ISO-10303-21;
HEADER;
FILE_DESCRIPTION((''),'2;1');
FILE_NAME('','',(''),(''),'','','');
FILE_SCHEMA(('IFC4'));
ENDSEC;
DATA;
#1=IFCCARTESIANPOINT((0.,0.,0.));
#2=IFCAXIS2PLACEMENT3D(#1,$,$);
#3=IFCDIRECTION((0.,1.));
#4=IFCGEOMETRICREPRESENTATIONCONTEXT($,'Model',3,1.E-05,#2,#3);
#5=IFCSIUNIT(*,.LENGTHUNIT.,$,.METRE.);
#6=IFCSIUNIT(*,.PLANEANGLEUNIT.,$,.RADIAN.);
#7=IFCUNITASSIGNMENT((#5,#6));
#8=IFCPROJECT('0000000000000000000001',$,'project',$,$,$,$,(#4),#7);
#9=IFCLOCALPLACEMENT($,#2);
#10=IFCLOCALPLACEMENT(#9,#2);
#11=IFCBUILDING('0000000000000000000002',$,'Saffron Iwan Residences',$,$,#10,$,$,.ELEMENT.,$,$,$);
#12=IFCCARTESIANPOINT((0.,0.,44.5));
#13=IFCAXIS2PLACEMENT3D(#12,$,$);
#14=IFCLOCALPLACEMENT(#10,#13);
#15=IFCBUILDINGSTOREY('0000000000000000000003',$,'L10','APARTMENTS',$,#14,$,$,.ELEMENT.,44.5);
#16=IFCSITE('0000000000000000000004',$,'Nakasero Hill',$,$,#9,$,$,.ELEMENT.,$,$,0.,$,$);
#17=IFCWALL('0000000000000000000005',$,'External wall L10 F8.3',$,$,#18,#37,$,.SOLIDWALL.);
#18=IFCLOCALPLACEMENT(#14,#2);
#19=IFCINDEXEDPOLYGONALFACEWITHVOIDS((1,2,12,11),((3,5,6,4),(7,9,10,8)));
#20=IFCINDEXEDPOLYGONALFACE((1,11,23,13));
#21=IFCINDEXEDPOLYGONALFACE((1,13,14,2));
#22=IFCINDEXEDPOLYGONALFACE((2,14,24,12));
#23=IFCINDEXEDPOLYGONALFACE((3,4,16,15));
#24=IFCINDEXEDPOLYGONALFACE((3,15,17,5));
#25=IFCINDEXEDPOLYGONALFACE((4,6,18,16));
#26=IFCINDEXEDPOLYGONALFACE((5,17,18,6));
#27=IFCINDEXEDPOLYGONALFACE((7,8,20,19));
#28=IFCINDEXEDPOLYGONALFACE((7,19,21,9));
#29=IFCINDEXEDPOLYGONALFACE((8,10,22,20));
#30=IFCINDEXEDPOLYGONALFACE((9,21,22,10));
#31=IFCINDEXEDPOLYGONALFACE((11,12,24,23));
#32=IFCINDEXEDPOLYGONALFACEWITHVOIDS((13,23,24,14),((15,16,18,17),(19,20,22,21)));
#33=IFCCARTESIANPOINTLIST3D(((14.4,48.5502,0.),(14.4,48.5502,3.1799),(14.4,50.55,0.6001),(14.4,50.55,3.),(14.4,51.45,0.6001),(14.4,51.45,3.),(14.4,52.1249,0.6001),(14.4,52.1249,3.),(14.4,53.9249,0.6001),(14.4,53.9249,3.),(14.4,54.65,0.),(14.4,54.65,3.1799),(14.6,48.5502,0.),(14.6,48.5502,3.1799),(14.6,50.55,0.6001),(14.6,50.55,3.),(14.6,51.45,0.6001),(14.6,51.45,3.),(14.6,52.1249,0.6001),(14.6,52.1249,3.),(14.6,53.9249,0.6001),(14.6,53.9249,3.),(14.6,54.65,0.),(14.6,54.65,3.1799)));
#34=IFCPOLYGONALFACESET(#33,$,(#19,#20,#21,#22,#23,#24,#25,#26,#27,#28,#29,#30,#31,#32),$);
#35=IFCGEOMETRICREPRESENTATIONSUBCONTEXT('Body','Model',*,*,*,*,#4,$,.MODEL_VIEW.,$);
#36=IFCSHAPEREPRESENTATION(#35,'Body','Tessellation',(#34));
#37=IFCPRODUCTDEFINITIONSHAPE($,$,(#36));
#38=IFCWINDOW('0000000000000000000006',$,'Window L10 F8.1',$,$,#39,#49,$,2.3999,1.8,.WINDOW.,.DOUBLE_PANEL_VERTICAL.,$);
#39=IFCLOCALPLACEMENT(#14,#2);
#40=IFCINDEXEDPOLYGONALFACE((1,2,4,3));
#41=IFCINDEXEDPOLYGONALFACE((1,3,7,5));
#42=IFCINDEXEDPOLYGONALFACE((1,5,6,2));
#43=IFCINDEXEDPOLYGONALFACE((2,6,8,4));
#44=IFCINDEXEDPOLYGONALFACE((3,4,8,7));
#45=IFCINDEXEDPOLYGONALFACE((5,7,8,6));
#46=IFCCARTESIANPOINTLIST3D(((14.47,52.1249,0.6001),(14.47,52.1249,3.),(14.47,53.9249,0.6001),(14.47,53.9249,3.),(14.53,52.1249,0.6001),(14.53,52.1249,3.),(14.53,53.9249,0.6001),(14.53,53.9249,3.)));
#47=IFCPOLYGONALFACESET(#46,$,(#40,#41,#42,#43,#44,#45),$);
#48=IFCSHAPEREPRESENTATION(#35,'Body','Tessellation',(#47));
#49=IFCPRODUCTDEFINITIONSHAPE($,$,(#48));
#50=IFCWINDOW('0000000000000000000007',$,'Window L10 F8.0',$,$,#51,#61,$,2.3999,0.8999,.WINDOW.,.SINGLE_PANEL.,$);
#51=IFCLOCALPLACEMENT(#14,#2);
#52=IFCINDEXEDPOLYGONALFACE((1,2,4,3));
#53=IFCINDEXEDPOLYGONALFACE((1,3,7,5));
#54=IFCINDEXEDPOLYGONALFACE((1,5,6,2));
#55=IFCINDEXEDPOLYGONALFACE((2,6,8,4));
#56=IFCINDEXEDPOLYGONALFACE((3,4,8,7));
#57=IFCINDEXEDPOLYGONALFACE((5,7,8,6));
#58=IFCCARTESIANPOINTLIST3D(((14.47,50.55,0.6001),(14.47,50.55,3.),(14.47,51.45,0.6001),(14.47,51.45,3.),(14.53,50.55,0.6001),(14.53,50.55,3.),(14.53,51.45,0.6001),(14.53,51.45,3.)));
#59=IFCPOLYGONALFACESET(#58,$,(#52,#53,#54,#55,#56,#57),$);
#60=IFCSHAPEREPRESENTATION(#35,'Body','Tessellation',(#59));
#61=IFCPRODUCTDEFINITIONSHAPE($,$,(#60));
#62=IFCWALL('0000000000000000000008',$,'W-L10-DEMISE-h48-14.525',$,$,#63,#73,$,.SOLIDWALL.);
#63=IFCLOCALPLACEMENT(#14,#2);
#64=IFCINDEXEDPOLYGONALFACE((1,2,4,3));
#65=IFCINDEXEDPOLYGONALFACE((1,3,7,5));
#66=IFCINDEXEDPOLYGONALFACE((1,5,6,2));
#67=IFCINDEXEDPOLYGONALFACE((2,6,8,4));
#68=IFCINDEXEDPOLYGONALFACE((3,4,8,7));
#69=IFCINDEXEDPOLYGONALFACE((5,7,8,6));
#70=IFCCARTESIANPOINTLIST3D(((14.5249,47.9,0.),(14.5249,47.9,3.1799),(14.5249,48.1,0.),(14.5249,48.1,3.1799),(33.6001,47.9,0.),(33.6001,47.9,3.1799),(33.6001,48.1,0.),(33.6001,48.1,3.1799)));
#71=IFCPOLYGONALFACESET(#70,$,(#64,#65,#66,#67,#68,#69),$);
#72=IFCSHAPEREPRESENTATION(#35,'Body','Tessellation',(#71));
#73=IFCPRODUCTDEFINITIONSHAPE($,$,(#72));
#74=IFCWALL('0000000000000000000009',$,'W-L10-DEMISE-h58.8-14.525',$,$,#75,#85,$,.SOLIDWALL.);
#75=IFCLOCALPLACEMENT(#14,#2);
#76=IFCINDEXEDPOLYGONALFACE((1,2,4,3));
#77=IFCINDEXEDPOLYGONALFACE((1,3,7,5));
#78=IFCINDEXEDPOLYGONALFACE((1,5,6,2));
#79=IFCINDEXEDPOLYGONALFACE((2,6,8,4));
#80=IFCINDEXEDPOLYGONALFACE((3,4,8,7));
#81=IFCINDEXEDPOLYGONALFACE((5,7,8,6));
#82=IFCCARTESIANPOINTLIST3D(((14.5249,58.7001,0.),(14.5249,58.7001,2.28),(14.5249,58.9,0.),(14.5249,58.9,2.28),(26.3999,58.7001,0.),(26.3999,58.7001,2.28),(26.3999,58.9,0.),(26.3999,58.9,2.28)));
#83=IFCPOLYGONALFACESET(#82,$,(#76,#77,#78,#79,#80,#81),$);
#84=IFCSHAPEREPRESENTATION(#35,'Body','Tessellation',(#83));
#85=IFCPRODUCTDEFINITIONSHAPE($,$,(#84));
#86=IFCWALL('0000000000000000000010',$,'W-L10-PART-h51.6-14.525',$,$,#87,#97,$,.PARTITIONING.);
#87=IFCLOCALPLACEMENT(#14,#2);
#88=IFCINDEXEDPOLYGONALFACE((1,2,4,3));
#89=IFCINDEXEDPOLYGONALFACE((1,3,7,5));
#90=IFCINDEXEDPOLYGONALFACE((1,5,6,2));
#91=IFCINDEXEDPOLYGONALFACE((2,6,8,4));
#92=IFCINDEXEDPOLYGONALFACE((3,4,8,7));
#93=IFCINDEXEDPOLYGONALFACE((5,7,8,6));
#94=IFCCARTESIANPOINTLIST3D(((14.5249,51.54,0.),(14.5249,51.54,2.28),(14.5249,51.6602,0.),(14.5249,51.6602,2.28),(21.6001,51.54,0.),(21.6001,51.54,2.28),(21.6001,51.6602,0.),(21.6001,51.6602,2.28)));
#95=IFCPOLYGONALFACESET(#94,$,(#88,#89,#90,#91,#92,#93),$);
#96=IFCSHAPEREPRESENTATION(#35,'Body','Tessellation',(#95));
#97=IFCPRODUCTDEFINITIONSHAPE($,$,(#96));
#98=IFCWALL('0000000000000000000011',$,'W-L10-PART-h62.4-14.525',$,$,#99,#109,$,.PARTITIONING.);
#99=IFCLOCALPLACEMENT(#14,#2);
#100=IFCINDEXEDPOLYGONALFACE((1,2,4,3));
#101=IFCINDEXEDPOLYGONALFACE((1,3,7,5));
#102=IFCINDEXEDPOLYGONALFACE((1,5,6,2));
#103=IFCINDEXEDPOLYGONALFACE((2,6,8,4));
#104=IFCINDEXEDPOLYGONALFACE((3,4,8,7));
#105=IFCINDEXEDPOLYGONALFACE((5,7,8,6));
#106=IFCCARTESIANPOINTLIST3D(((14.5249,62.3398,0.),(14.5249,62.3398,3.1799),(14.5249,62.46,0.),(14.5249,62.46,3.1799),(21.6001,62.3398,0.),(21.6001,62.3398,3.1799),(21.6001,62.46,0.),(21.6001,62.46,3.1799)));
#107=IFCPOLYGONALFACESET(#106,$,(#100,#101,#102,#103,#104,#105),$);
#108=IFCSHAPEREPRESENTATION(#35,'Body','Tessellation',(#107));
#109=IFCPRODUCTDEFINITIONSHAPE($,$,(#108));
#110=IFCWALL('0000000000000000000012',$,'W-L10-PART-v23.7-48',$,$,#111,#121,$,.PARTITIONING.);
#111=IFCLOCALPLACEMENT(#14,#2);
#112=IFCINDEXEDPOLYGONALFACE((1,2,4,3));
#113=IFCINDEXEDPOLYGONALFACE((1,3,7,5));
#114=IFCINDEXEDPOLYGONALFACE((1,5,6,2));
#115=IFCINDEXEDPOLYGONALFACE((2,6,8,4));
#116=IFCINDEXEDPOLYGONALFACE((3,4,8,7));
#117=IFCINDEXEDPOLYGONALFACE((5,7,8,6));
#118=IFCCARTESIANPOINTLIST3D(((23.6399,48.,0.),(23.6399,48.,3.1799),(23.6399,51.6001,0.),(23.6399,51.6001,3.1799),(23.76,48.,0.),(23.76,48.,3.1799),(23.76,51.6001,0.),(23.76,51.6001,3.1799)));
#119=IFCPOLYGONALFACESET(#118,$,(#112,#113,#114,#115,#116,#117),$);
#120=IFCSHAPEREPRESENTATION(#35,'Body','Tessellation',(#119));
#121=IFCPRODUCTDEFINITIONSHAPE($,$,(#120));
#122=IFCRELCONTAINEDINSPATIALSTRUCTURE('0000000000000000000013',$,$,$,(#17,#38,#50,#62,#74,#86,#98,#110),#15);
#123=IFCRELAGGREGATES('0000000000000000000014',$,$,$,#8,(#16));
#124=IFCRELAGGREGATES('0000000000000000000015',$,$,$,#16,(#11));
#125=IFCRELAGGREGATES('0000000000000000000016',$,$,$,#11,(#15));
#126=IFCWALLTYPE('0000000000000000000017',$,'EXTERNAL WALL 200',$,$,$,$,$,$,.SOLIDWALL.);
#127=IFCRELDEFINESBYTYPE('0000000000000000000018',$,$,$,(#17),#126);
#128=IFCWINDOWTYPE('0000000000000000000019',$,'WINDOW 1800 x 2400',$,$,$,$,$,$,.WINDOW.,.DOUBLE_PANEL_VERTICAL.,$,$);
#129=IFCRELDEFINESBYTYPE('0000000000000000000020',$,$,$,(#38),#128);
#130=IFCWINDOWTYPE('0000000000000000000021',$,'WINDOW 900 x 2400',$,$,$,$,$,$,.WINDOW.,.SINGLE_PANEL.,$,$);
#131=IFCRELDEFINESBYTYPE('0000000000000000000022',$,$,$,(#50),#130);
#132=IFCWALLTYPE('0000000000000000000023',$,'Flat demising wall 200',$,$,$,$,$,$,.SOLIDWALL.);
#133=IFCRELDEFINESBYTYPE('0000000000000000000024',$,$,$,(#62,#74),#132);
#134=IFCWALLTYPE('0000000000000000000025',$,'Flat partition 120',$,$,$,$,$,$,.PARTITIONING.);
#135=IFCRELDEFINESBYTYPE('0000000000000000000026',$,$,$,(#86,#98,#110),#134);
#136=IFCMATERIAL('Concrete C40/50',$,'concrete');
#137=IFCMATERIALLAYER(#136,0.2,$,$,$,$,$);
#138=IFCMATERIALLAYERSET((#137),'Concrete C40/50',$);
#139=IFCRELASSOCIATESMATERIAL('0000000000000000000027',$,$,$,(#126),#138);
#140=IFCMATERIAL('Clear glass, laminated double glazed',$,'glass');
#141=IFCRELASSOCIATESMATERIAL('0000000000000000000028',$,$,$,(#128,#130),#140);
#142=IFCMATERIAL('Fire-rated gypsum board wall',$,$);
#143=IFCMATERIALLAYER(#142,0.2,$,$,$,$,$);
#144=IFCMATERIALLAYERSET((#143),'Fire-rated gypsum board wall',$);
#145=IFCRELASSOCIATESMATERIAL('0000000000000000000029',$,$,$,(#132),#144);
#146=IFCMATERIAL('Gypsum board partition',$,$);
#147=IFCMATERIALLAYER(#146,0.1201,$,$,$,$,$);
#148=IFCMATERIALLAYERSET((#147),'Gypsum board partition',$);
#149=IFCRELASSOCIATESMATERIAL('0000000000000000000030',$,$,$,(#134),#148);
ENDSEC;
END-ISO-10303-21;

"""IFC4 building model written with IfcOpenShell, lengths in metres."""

from ifc_helpers import new_model, si_unit, direction, frame, frame_2d, origin, place, context, subcontext, project, spatial, rectangle, extrude, material, layer, layer_set, type_object, element, fill, save


model = new_model("IFC4")

# Units and contexts
model_context = context("Model", 3, precision=1e-05, world=origin(), true_north=direction((0.0, 1.0)))
body_context = subcontext(model_context, "Body", "Model", "MODEL_VIEW")
ifc_project = project(units=[si_unit("LENGTHUNIT", "METRE"), si_unit("PLANEANGLEUNIT", "RADIAN")], contexts=[model_context])

# Site, building, storey
site_placement = place(None, origin())
site = spatial("IfcSite", under=ifc_project, at=site_placement, Name="Nakasero Hill", CompositionType="ELEMENT", RefElevation=0.0)
building_placement = place(site_placement, origin())
building = spatial("IfcBuilding", under=site, at=building_placement, Name="Saffron Iwan Residences", CompositionType="ELEMENT")
storey_placement = place(building_placement, frame((0.0, 0.0, 44.5)))
storey = spatial("IfcBuildingStorey", under=building, at=storey_placement, Name="L10", Description="APARTMENTS", CompositionType="ELEMENT", Elevation=44.5)

# Shared definitions
ifc_material_1 = material(Name="Concrete C40/50", Category="concrete")
ifc_layer_1 = layer(ifc_material_1, 0.2)
ifc_layer_set_1 = layer_set([ifc_layer_1], Name="Concrete C40/50")
wall_type_1 = type_object("IfcWallType", Name="EXTERNAL WALL 200", PredefinedType="SOLIDWALL", material=ifc_layer_set_1)
ifc_material_2 = material(Name="Clear glass, laminated double glazed", Category="glass")

# Wall, openings, windows
wall_1_placement = place(storey_placement, frame((14.5, 54.6499, 0.0), z_axis=(0.0, 0.0, 1.0), x_axis=(0.0, -1.0, 0.0)))
wall_1 = element("IfcWall", 1, at=wall_1_placement, inside=storey, type_object=wall_type_1, Name="External wall L10 F8.3", PredefinedType="SOLIDWALL", context=body_context, shape_type="SweptSolid", body=[
    extrude(rectangle(XDim=6.0999, YDim=0.2, at=frame_2d((3.0498, 0.0))), origin(), (0.0, 0.0, 1.0), 3.1799),
])
opening_1_placement = place(wall_1_placement, frame((3.2, 0.0, 0.6001)))
opening_1 = element("IfcOpeningElement", 2, at=opening_1_placement, cuts=wall_1, PredefinedType="OPENING", context=body_context, shape_type="SweptSolid", body=[
    extrude(rectangle(XDim=0.8999, YDim=2.3999, at=frame_2d((0.45, 1.2))), frame((0.0, 0.1099, 0.0), z_axis=(0.0, -1.0, 0.0), x_axis=(1.0, 0.0, 0.0)), (0.0, 0.0, 1.0), 0.22),
])
opening_2_placement = place(wall_1_placement, frame((0.7251, 0.0, 0.6001)))
opening_2 = element("IfcOpeningElement", 3, at=opening_2_placement, cuts=wall_1, PredefinedType="OPENING", context=body_context, shape_type="SweptSolid", body=[
    extrude(rectangle(XDim=1.8, YDim=2.3999, at=frame_2d((0.8999, 1.2))), frame((0.0, 0.1099, 0.0), z_axis=(0.0, -1.0, 0.0), x_axis=(1.0, 0.0, 0.0)), (0.0, 0.0, 1.0), 0.22),
])
window_type_1 = type_object("IfcWindowType", Name="WINDOW 1800 x 2400", PartitioningType="DOUBLE_PANEL_VERTICAL", PredefinedType="WINDOW", material=ifc_material_2)
window_1_placement = place(opening_2_placement, origin())
window_1 = element("IfcWindow", 4, at=window_1_placement, inside=storey, type_object=window_type_1, Name="Window L10 F8.1", OverallHeight=2.3999, OverallWidth=1.8, PartitioningType="DOUBLE_PANEL_VERTICAL", PredefinedType="WINDOW", context=body_context, shape_type="SweptSolid", body=[
    extrude(rectangle(XDim=1.8, YDim=2.3999, at=frame_2d((0.8999, 1.2))), frame((0.0, 0.03, 0.0), z_axis=(0.0, -1.0, 0.0), x_axis=(1.0, 0.0, 0.0)), (0.0, 0.0, 1.0), 0.0601),
])
fill(opening_2, window_1)
window_type_2 = type_object("IfcWindowType", Name="WINDOW 900 x 2400", PartitioningType="SINGLE_PANEL", PredefinedType="WINDOW", material=ifc_material_2)
window_2_placement = place(opening_1_placement, origin())
window_2 = element("IfcWindow", 5, at=window_2_placement, inside=storey, type_object=window_type_2, Name="Window L10 F8.0", OverallHeight=2.3999, OverallWidth=0.8999, PartitioningType="SINGLE_PANEL", PredefinedType="WINDOW", context=body_context, shape_type="SweptSolid", body=[
    extrude(rectangle(XDim=0.8999, YDim=2.3999, at=frame_2d((0.45, 1.2))), frame((0.0, 0.03, 0.0), z_axis=(0.0, -1.0, 0.0), x_axis=(1.0, 0.0, 0.0)), (0.0, 0.0, 1.0), 0.0601),
])
fill(opening_1, window_2)

# Walls
ifc_material_3 = material(Name="Fire-rated gypsum board wall")
ifc_layer_2 = layer(ifc_material_3, 0.2)
ifc_layer_set_2 = layer_set([ifc_layer_2], Name="Fire-rated gypsum board wall")
wall_type_2 = type_object("IfcWallType", Name="Flat demising wall 200", PredefinedType="SOLIDWALL", material=ifc_layer_set_2)
wall_2_placement = place(storey_placement, frame((14.5249, 48.0, 0.0), z_axis=(0.0, 0.0, 1.0), x_axis=(1.0, 0.0, 0.0)))
element("IfcWall", 6, at=wall_2_placement, inside=storey, type_object=wall_type_2, Name="W-L10-DEMISE-h48-14.525", PredefinedType="SOLIDWALL", context=body_context, shape_type="SweptSolid", body=[
    extrude(rectangle(XDim=19.0752, YDim=0.2, at=frame_2d((9.5376, 0.0))), origin(), (0.0, 0.0, 1.0), 3.1799),
])
wall_3_placement = place(storey_placement, frame((14.5249, 58.8, 0.0), z_axis=(0.0, 0.0, 1.0), x_axis=(1.0, 0.0, 0.0)))
element("IfcWall", 7, at=wall_3_placement, inside=storey, type_object=wall_type_2, Name="W-L10-DEMISE-h58.8-14.525", PredefinedType="SOLIDWALL", context=body_context, shape_type="SweptSolid", body=[
    extrude(rectangle(XDim=11.875, YDim=0.2, at=frame_2d((5.9375, 0.0))), origin(), (0.0, 0.0, 1.0), 2.28),
])
ifc_material_4 = material(Name="Gypsum board partition")
ifc_layer_3 = layer(ifc_material_4, 0.1201)
ifc_layer_set_3 = layer_set([ifc_layer_3], Name="Gypsum board partition")
wall_type_3 = type_object("IfcWallType", Name="Flat partition 120", PredefinedType="PARTITIONING", material=ifc_layer_set_3)
wall_4_placement = place(storey_placement, frame((14.5249, 51.6001, 0.0), z_axis=(0.0, 0.0, 1.0), x_axis=(1.0, 0.0, 0.0)))
element("IfcWall", 8, at=wall_4_placement, inside=storey, type_object=wall_type_3, Name="W-L10-PART-h51.6-14.525", PredefinedType="PARTITIONING", context=body_context, shape_type="SweptSolid", body=[
    extrude(rectangle(XDim=7.0752, YDim=0.1201, at=frame_2d((3.5376, 0.0))), origin(), (0.0, 0.0, 1.0), 2.28),
])
wall_5_placement = place(storey_placement, frame((14.5249, 62.3999, 0.0), z_axis=(0.0, 0.0, 1.0), x_axis=(1.0, 0.0, 0.0)))
element("IfcWall", 9, at=wall_5_placement, inside=storey, type_object=wall_type_3, Name="W-L10-PART-h62.4-14.525", PredefinedType="PARTITIONING", context=body_context, shape_type="SweptSolid", body=[
    extrude(rectangle(XDim=7.0752, YDim=0.1201, at=frame_2d((3.5376, 0.0))), origin(), (0.0, 0.0, 1.0), 3.1799),
])
wall_6_placement = place(storey_placement, frame((23.7, 48.0, 0.0), z_axis=(0.0, 0.0, 1.0), x_axis=(0.0, 1.0, 0.0)))
element("IfcWall", 10, at=wall_6_placement, inside=storey, type_object=wall_type_3, Name="W-L10-PART-v23.7-48", PredefinedType="PARTITIONING", context=body_context, shape_type="SweptSolid", body=[
    extrude(rectangle(XDim=3.6001, YDim=0.1201, at=frame_2d((1.8, 0.0))), origin(), (0.0, 0.0, 1.0), 3.1799),
])

save(model, "model.ifc")
